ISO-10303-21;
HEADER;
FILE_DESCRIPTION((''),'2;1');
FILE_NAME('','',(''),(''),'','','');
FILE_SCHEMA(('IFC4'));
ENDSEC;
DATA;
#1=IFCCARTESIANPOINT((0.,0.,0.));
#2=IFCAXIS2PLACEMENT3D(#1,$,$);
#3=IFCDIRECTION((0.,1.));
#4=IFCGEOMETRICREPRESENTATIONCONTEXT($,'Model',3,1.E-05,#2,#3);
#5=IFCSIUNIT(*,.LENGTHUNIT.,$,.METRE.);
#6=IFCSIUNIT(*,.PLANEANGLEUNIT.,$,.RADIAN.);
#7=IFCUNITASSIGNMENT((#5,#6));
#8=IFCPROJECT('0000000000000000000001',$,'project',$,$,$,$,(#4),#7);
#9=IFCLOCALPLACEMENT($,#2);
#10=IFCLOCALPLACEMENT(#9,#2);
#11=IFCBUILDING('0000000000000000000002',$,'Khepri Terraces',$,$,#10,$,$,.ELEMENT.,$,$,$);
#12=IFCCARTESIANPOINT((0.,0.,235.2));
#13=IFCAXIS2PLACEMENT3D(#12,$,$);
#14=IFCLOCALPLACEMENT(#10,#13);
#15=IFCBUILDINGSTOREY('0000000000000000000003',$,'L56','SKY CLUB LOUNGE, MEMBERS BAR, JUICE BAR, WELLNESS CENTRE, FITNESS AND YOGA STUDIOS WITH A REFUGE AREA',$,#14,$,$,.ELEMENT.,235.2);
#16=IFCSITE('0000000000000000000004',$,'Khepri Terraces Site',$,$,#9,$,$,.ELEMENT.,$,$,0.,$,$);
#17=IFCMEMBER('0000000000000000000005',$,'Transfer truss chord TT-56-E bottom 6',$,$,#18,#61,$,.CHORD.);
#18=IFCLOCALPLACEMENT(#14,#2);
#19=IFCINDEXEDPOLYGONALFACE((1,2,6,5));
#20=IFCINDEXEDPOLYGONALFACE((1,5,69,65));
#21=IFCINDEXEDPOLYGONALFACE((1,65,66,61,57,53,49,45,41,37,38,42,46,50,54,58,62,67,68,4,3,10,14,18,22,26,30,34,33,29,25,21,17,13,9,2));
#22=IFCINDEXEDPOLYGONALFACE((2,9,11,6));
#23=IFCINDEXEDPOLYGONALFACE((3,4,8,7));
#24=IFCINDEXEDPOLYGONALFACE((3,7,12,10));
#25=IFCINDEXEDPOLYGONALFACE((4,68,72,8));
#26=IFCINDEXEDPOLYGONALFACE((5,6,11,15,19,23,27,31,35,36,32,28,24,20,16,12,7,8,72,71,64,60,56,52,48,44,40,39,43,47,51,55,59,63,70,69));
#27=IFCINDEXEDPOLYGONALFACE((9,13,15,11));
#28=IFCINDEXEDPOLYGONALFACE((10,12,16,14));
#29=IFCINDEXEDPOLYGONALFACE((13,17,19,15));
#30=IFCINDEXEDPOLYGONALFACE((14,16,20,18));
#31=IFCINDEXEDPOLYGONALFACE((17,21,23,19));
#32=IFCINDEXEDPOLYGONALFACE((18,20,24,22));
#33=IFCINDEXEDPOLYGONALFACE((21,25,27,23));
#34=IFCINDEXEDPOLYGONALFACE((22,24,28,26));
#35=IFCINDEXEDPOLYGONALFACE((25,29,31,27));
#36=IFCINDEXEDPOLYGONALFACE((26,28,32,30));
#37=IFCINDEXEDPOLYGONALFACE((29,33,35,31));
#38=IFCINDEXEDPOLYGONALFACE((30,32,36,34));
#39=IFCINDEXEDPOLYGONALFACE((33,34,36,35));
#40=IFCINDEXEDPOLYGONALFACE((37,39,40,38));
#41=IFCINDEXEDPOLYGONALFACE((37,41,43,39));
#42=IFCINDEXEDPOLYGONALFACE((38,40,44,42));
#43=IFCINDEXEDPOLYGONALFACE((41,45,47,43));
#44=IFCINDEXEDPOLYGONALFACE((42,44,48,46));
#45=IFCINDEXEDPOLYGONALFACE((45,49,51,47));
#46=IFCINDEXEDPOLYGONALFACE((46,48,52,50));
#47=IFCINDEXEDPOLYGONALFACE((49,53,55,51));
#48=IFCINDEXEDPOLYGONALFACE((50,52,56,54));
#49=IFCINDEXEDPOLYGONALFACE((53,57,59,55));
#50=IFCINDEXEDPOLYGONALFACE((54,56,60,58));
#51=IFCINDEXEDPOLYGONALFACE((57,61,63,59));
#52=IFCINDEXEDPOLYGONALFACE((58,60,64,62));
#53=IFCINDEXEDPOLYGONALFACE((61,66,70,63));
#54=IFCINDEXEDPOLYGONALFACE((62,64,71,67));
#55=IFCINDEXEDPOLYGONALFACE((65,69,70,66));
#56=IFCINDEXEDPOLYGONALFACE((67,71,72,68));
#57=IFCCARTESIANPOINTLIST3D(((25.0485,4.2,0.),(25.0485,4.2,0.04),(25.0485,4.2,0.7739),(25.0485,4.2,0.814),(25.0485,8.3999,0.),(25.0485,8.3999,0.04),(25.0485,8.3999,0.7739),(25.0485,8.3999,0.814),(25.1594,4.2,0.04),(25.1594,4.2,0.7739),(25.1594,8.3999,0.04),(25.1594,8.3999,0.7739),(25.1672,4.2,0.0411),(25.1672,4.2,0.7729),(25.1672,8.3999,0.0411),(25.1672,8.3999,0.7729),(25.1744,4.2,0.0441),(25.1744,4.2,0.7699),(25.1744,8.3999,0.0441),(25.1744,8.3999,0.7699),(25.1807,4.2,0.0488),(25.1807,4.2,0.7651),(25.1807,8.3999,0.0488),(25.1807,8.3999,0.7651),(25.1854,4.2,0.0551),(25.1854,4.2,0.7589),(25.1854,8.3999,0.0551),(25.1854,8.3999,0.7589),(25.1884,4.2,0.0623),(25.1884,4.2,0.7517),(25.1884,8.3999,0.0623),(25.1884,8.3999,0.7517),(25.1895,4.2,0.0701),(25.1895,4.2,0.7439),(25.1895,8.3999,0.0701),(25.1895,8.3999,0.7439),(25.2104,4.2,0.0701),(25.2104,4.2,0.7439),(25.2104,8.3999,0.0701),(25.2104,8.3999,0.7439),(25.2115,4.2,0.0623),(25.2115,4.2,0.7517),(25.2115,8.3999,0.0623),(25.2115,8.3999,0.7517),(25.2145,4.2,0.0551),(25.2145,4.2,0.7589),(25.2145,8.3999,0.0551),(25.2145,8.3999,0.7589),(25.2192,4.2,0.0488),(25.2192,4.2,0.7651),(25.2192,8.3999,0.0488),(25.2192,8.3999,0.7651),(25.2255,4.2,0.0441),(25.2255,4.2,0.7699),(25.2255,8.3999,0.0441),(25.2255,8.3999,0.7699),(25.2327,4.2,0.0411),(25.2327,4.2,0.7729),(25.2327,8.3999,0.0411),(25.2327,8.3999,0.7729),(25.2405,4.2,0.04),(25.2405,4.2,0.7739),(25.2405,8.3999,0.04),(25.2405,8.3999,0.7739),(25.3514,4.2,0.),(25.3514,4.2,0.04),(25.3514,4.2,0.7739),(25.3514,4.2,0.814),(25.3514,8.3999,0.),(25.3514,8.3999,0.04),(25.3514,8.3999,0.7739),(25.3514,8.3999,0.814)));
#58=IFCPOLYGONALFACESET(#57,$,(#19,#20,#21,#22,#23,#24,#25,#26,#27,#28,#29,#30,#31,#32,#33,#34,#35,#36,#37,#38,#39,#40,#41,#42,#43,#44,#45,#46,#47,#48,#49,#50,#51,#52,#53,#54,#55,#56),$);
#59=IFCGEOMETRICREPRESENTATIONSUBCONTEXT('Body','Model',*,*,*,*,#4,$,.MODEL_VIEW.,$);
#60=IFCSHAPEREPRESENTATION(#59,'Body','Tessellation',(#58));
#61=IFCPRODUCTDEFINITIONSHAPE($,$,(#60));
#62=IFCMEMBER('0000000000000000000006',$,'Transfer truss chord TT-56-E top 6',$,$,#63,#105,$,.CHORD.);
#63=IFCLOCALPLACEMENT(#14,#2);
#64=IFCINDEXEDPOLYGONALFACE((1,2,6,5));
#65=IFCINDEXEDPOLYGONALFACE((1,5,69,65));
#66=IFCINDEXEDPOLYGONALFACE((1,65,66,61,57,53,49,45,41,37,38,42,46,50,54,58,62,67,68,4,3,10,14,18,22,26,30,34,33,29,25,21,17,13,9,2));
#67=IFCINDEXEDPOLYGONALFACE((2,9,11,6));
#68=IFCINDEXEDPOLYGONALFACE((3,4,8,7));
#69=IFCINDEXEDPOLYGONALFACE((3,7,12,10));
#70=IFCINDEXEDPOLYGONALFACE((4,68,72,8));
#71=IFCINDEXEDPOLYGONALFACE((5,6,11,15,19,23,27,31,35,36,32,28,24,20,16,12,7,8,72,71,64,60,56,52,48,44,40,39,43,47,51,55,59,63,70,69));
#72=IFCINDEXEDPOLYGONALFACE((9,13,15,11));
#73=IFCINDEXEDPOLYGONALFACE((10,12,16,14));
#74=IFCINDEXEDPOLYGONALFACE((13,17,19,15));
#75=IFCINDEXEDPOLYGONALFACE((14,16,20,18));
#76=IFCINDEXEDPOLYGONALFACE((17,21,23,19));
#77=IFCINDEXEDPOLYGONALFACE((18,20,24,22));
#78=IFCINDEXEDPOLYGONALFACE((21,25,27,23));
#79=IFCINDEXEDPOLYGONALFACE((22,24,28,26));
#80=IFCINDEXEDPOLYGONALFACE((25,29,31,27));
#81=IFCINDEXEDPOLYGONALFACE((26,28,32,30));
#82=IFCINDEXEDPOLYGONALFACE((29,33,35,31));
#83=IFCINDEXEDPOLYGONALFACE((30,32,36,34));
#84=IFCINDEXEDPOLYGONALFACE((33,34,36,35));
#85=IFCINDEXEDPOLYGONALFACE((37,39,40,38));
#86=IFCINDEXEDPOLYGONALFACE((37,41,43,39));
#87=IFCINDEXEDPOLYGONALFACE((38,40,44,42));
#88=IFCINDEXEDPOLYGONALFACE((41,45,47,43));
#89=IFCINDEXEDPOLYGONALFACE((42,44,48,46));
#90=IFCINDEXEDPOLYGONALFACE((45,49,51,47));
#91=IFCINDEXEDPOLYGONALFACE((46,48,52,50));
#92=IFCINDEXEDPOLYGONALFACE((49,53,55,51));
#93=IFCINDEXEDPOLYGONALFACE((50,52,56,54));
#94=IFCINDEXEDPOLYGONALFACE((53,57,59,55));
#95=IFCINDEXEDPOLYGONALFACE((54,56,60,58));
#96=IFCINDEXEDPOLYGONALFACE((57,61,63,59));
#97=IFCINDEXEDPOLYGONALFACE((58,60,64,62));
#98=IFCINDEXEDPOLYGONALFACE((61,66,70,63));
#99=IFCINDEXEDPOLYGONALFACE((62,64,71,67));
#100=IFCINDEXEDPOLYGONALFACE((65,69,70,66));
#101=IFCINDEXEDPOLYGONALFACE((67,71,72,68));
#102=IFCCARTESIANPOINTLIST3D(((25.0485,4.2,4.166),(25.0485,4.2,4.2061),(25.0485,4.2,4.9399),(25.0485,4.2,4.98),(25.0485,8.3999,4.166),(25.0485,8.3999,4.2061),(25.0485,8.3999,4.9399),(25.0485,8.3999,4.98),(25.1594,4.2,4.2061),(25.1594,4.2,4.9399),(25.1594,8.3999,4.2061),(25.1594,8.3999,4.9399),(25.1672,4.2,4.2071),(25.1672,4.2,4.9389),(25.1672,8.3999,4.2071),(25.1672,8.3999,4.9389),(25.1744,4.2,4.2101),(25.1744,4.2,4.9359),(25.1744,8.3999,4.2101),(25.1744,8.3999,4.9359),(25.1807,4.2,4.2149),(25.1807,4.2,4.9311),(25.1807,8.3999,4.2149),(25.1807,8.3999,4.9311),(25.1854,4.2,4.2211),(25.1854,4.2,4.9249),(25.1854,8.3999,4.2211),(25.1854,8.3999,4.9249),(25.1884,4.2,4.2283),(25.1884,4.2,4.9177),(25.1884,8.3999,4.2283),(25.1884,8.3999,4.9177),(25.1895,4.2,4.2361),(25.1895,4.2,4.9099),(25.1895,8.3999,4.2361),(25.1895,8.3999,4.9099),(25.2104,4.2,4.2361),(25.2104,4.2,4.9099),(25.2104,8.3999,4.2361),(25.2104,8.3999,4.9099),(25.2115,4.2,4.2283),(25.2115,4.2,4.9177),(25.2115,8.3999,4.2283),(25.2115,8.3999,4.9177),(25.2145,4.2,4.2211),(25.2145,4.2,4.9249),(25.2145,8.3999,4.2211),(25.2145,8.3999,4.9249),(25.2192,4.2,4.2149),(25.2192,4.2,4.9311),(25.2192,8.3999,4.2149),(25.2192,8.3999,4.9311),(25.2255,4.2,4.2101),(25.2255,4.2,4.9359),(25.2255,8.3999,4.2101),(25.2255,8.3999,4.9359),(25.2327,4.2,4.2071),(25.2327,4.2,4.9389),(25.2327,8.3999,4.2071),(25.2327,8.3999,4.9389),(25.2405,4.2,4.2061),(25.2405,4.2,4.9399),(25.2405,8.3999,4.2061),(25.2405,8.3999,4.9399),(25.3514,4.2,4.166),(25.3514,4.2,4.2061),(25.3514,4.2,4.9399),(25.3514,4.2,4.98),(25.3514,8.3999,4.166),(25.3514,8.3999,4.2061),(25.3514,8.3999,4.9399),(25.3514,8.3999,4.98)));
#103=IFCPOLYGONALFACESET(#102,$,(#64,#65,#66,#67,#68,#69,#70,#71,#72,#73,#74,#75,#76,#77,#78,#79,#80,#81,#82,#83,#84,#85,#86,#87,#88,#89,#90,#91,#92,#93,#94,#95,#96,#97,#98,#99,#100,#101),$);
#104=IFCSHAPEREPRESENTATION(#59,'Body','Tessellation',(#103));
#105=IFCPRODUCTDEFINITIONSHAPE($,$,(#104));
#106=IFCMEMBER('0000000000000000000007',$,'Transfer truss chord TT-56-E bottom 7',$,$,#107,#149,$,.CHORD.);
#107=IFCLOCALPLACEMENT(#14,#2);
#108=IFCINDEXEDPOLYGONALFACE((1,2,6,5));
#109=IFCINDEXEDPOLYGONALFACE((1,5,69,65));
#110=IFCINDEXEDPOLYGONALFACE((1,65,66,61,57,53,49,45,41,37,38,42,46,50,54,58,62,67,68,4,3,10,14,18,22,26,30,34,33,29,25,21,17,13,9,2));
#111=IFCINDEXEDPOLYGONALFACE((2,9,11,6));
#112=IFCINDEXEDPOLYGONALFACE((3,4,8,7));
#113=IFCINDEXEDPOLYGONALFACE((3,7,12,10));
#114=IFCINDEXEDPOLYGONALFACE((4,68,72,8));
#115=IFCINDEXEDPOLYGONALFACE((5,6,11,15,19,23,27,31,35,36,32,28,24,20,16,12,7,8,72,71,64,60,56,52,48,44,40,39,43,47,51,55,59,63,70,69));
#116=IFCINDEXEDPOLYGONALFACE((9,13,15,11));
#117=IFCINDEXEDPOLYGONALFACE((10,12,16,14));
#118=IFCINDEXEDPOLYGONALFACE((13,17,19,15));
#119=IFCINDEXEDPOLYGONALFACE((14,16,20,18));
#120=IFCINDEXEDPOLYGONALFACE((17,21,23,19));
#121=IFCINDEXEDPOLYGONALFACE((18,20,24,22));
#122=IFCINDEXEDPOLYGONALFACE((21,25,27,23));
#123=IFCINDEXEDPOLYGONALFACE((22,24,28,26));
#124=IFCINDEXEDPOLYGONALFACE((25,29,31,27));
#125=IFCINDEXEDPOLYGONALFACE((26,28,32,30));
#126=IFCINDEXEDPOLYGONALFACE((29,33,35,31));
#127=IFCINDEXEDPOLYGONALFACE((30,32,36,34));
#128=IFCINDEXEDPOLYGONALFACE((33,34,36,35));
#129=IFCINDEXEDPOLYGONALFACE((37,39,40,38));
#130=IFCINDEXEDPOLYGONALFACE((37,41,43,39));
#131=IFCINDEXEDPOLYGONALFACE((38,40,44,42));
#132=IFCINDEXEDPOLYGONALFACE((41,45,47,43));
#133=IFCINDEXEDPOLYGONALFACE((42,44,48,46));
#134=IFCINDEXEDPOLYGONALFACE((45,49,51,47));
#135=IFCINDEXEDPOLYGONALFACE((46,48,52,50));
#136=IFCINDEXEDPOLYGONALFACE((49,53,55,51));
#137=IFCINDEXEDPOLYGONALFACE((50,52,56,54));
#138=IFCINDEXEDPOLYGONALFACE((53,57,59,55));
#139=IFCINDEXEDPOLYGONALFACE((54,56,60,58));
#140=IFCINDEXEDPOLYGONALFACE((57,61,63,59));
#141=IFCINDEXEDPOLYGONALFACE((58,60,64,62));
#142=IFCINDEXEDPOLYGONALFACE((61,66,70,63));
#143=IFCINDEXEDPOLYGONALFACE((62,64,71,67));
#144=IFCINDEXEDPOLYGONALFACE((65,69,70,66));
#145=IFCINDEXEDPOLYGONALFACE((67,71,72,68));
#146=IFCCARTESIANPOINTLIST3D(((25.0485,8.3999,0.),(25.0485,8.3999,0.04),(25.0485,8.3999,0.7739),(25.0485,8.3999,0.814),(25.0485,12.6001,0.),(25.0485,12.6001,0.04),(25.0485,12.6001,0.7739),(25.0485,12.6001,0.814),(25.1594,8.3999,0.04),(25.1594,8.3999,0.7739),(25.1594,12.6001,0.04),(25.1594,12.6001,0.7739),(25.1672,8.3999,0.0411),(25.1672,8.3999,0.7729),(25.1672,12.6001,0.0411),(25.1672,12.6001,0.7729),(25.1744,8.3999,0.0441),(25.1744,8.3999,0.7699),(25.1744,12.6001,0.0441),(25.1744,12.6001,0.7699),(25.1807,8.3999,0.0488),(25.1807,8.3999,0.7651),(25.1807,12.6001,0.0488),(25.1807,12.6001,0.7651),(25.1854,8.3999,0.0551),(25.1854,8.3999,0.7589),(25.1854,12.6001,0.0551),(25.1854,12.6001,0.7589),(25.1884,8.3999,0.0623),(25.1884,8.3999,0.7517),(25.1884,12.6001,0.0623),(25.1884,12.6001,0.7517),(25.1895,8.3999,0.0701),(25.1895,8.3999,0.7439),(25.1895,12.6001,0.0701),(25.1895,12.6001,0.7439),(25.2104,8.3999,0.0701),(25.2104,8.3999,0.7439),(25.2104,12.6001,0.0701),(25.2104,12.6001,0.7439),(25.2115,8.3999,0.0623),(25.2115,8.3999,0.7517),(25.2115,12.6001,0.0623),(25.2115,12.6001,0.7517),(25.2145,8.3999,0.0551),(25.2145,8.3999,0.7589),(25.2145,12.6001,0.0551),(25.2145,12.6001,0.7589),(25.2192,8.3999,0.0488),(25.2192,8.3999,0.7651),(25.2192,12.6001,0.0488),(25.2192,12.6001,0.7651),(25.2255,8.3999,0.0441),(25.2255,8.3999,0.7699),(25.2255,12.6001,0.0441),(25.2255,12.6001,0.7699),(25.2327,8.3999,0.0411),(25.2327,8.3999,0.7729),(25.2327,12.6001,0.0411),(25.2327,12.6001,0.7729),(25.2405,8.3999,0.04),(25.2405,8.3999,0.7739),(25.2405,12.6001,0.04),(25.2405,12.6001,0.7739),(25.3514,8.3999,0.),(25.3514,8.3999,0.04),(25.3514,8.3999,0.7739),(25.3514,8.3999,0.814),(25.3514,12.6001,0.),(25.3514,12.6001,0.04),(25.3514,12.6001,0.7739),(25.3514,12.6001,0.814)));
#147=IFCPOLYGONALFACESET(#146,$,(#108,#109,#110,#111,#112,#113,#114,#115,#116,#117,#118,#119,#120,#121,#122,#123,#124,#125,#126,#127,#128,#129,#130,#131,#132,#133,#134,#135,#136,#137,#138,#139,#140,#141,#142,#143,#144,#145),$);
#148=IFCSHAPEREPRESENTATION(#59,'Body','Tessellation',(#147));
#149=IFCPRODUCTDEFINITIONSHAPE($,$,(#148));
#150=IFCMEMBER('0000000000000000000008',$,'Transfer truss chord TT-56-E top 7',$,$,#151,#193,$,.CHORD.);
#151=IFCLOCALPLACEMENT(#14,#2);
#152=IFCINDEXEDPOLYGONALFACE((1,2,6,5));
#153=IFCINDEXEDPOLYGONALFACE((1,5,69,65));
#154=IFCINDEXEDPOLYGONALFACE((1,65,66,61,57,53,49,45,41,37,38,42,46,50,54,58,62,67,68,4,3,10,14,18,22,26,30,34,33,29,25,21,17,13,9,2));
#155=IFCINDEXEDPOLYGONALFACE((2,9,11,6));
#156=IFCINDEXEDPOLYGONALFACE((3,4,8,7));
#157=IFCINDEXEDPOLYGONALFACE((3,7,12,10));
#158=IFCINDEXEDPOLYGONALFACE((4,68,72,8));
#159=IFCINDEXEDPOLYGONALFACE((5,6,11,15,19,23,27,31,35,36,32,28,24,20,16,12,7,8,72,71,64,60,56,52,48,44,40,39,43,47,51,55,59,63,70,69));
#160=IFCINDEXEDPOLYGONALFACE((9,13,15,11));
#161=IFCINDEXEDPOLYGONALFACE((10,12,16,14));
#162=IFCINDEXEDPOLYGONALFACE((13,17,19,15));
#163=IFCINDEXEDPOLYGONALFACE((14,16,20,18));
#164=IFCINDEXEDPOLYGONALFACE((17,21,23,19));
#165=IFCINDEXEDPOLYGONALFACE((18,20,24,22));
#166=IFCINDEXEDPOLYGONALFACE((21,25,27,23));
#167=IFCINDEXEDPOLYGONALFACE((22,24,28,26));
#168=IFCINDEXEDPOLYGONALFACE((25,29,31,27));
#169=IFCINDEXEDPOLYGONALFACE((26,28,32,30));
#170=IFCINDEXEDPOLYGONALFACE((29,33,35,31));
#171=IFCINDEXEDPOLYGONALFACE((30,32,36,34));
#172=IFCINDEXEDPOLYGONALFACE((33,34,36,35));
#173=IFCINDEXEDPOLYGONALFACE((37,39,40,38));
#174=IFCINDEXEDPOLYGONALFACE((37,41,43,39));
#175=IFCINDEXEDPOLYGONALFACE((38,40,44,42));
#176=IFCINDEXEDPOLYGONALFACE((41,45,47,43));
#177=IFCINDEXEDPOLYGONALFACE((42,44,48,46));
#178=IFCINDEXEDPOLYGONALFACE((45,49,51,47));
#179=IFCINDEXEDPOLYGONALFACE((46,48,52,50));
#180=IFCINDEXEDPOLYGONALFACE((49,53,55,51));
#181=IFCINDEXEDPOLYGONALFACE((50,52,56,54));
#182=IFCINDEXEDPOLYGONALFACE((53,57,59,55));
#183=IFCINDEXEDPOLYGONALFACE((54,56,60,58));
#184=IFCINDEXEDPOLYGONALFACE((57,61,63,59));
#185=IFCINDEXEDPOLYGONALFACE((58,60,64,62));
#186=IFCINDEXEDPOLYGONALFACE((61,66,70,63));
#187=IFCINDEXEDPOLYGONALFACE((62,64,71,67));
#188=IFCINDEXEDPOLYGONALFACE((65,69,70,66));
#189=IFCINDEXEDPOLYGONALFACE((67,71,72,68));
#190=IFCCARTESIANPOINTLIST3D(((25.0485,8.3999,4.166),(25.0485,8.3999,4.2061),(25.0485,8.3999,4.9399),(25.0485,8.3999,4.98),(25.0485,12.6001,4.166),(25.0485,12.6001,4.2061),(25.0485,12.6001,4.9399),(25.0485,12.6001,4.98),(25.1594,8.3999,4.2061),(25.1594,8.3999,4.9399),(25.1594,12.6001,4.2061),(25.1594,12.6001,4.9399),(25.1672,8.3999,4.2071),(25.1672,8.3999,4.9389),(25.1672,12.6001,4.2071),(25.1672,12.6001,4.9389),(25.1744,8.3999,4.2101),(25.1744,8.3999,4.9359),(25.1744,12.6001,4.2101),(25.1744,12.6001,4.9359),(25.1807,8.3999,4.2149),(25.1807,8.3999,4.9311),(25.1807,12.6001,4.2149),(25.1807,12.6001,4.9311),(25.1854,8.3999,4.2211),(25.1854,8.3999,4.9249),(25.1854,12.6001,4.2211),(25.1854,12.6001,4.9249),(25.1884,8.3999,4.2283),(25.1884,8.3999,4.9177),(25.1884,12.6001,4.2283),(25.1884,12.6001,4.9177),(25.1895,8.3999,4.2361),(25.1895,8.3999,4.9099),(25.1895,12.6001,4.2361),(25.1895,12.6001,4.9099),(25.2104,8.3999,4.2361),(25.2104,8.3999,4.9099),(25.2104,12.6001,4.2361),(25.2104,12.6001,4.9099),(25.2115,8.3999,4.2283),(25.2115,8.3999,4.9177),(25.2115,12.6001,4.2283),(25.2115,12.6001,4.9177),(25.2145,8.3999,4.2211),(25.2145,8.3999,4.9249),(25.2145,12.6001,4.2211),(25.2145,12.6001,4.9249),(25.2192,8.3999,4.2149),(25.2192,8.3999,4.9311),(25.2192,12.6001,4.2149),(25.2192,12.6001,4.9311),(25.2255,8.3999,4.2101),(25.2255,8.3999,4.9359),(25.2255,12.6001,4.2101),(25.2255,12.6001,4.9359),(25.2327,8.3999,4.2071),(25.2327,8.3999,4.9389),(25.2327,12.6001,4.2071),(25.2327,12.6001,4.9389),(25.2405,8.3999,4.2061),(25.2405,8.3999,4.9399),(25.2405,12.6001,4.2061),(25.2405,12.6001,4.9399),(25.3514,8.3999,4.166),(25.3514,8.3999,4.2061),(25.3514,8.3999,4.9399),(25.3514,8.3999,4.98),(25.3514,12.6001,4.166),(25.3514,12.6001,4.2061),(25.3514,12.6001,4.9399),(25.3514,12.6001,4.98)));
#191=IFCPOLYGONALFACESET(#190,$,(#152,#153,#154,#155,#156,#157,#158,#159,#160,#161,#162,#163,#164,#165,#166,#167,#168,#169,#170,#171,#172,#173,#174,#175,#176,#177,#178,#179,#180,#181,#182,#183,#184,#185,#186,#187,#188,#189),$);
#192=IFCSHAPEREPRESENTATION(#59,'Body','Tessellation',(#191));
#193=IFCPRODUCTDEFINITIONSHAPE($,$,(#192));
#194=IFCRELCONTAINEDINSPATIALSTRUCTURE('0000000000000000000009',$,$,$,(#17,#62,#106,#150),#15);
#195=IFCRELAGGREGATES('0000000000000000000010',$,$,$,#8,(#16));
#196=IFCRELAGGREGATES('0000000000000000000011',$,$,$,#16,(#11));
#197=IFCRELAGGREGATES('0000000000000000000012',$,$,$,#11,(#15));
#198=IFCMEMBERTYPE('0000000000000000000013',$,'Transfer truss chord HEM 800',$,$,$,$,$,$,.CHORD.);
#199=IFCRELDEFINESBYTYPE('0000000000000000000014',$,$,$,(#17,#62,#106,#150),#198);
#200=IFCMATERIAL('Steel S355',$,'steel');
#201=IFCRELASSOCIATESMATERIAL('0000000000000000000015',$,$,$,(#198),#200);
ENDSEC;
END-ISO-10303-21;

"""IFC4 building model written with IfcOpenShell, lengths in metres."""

from ifc_helpers import new_model, si_unit, direction, frame, origin, origin_2d, place, context, subcontext, project, spatial, i_section, extrude, material, material_profile, profile_set, type_object, element, save


model = new_model("IFC4")

# Units and contexts
model_context = context("Model", 3, precision=1e-05, world=origin(), true_north=direction((0.0, 1.0)))
body_context = subcontext(model_context, "Body", "Model", "MODEL_VIEW")
ifc_project = project(units=[si_unit("LENGTHUNIT", "METRE"), si_unit("PLANEANGLEUNIT", "RADIAN")], contexts=[model_context])

# Site, building, storey
site_placement = place(None, origin())
site = spatial("IfcSite", under=ifc_project, at=site_placement, Name="Khepri Terraces Site", CompositionType="ELEMENT", RefElevation=0.0)
building_placement = place(site_placement, origin())
building = spatial("IfcBuilding", under=site, at=building_placement, Name="Khepri Terraces", CompositionType="ELEMENT")
storey_placement = place(building_placement, frame((0.0, 0.0, 235.2)))
storey = spatial("IfcBuildingStorey", under=building, at=storey_placement, Name="L56", Description="SKY CLUB LOUNGE, MEMBERS BAR, JUICE BAR, WELLNESS CENTRE, FITNESS AND YOGA STUDIOS WITH A REFUGE AREA", CompositionType="ELEMENT", Elevation=235.2)

# Members
ifc_material_1 = material(Name="Steel S355", Category="steel")
ifc_material_profile_1 = material_profile(ifc_material_1, i_section(OverallWidth=0.303, OverallDepth=0.814, WebThickness=0.021, FlangeThickness=0.04, FilletRadius=0.03, at=origin_2d()), Name="Steel S355", Category="steel")
ifc_profile_set_1 = profile_set([ifc_material_profile_1], Name="Steel S355")
member_type_1 = type_object("IfcMemberType", Name="Transfer truss chord HEM 800", PredefinedType="CHORD", material=ifc_profile_set_1)
for number, where, z_axis, x_axis, name in (
    (1, (25.2, 4.2, 0.407), (0.0, 1.0, 0.0), (-1.0, 0.0, 0.0), "Transfer truss chord TT-56-E bottom 6"),
    (2, (25.2, 4.2, 4.573), (0.0, 1.0, 0.0), (-1.0, 0.0, 0.0), "Transfer truss chord TT-56-E top 6"),
):
    element("IfcMember", number, at=place(storey_placement, frame(where, z_axis=z_axis, x_axis=x_axis)), inside=storey, type_object=member_type_1, Name=name, PredefinedType="CHORD", context=body_context, shape_type="SweptSolid", body=[
        extrude(i_section(OverallWidth=0.303, OverallDepth=0.814, WebThickness=0.021, FlangeThickness=0.04, FilletRadius=0.03, at=origin_2d()), origin(), (0.0, 0.0, 1.0), 4.2),
    ])
for number, where, z_axis, x_axis, name in (
    (3, (25.2, 8.3999, 0.407), (0.0, 1.0, 0.0), (-1.0, 0.0, 0.0), "Transfer truss chord TT-56-E bottom 7"),
    (4, (25.2, 8.3999, 4.573), (0.0, 1.0, 0.0), (-1.0, 0.0, 0.0), "Transfer truss chord TT-56-E top 7"),
):
    element("IfcMember", number, at=place(storey_placement, frame(where, z_axis=z_axis, x_axis=x_axis)), inside=storey, type_object=member_type_1, Name=name, PredefinedType="CHORD", context=body_context, shape_type="SweptSolid", body=[
        extrude(i_section(OverallWidth=0.303, OverallDepth=0.814, WebThickness=0.021, FlangeThickness=0.04, FilletRadius=0.03, at=origin_2d()), origin(), (0.0, 0.0, 1.0), 4.2002),
    ])

save(model, "model.ifc")
